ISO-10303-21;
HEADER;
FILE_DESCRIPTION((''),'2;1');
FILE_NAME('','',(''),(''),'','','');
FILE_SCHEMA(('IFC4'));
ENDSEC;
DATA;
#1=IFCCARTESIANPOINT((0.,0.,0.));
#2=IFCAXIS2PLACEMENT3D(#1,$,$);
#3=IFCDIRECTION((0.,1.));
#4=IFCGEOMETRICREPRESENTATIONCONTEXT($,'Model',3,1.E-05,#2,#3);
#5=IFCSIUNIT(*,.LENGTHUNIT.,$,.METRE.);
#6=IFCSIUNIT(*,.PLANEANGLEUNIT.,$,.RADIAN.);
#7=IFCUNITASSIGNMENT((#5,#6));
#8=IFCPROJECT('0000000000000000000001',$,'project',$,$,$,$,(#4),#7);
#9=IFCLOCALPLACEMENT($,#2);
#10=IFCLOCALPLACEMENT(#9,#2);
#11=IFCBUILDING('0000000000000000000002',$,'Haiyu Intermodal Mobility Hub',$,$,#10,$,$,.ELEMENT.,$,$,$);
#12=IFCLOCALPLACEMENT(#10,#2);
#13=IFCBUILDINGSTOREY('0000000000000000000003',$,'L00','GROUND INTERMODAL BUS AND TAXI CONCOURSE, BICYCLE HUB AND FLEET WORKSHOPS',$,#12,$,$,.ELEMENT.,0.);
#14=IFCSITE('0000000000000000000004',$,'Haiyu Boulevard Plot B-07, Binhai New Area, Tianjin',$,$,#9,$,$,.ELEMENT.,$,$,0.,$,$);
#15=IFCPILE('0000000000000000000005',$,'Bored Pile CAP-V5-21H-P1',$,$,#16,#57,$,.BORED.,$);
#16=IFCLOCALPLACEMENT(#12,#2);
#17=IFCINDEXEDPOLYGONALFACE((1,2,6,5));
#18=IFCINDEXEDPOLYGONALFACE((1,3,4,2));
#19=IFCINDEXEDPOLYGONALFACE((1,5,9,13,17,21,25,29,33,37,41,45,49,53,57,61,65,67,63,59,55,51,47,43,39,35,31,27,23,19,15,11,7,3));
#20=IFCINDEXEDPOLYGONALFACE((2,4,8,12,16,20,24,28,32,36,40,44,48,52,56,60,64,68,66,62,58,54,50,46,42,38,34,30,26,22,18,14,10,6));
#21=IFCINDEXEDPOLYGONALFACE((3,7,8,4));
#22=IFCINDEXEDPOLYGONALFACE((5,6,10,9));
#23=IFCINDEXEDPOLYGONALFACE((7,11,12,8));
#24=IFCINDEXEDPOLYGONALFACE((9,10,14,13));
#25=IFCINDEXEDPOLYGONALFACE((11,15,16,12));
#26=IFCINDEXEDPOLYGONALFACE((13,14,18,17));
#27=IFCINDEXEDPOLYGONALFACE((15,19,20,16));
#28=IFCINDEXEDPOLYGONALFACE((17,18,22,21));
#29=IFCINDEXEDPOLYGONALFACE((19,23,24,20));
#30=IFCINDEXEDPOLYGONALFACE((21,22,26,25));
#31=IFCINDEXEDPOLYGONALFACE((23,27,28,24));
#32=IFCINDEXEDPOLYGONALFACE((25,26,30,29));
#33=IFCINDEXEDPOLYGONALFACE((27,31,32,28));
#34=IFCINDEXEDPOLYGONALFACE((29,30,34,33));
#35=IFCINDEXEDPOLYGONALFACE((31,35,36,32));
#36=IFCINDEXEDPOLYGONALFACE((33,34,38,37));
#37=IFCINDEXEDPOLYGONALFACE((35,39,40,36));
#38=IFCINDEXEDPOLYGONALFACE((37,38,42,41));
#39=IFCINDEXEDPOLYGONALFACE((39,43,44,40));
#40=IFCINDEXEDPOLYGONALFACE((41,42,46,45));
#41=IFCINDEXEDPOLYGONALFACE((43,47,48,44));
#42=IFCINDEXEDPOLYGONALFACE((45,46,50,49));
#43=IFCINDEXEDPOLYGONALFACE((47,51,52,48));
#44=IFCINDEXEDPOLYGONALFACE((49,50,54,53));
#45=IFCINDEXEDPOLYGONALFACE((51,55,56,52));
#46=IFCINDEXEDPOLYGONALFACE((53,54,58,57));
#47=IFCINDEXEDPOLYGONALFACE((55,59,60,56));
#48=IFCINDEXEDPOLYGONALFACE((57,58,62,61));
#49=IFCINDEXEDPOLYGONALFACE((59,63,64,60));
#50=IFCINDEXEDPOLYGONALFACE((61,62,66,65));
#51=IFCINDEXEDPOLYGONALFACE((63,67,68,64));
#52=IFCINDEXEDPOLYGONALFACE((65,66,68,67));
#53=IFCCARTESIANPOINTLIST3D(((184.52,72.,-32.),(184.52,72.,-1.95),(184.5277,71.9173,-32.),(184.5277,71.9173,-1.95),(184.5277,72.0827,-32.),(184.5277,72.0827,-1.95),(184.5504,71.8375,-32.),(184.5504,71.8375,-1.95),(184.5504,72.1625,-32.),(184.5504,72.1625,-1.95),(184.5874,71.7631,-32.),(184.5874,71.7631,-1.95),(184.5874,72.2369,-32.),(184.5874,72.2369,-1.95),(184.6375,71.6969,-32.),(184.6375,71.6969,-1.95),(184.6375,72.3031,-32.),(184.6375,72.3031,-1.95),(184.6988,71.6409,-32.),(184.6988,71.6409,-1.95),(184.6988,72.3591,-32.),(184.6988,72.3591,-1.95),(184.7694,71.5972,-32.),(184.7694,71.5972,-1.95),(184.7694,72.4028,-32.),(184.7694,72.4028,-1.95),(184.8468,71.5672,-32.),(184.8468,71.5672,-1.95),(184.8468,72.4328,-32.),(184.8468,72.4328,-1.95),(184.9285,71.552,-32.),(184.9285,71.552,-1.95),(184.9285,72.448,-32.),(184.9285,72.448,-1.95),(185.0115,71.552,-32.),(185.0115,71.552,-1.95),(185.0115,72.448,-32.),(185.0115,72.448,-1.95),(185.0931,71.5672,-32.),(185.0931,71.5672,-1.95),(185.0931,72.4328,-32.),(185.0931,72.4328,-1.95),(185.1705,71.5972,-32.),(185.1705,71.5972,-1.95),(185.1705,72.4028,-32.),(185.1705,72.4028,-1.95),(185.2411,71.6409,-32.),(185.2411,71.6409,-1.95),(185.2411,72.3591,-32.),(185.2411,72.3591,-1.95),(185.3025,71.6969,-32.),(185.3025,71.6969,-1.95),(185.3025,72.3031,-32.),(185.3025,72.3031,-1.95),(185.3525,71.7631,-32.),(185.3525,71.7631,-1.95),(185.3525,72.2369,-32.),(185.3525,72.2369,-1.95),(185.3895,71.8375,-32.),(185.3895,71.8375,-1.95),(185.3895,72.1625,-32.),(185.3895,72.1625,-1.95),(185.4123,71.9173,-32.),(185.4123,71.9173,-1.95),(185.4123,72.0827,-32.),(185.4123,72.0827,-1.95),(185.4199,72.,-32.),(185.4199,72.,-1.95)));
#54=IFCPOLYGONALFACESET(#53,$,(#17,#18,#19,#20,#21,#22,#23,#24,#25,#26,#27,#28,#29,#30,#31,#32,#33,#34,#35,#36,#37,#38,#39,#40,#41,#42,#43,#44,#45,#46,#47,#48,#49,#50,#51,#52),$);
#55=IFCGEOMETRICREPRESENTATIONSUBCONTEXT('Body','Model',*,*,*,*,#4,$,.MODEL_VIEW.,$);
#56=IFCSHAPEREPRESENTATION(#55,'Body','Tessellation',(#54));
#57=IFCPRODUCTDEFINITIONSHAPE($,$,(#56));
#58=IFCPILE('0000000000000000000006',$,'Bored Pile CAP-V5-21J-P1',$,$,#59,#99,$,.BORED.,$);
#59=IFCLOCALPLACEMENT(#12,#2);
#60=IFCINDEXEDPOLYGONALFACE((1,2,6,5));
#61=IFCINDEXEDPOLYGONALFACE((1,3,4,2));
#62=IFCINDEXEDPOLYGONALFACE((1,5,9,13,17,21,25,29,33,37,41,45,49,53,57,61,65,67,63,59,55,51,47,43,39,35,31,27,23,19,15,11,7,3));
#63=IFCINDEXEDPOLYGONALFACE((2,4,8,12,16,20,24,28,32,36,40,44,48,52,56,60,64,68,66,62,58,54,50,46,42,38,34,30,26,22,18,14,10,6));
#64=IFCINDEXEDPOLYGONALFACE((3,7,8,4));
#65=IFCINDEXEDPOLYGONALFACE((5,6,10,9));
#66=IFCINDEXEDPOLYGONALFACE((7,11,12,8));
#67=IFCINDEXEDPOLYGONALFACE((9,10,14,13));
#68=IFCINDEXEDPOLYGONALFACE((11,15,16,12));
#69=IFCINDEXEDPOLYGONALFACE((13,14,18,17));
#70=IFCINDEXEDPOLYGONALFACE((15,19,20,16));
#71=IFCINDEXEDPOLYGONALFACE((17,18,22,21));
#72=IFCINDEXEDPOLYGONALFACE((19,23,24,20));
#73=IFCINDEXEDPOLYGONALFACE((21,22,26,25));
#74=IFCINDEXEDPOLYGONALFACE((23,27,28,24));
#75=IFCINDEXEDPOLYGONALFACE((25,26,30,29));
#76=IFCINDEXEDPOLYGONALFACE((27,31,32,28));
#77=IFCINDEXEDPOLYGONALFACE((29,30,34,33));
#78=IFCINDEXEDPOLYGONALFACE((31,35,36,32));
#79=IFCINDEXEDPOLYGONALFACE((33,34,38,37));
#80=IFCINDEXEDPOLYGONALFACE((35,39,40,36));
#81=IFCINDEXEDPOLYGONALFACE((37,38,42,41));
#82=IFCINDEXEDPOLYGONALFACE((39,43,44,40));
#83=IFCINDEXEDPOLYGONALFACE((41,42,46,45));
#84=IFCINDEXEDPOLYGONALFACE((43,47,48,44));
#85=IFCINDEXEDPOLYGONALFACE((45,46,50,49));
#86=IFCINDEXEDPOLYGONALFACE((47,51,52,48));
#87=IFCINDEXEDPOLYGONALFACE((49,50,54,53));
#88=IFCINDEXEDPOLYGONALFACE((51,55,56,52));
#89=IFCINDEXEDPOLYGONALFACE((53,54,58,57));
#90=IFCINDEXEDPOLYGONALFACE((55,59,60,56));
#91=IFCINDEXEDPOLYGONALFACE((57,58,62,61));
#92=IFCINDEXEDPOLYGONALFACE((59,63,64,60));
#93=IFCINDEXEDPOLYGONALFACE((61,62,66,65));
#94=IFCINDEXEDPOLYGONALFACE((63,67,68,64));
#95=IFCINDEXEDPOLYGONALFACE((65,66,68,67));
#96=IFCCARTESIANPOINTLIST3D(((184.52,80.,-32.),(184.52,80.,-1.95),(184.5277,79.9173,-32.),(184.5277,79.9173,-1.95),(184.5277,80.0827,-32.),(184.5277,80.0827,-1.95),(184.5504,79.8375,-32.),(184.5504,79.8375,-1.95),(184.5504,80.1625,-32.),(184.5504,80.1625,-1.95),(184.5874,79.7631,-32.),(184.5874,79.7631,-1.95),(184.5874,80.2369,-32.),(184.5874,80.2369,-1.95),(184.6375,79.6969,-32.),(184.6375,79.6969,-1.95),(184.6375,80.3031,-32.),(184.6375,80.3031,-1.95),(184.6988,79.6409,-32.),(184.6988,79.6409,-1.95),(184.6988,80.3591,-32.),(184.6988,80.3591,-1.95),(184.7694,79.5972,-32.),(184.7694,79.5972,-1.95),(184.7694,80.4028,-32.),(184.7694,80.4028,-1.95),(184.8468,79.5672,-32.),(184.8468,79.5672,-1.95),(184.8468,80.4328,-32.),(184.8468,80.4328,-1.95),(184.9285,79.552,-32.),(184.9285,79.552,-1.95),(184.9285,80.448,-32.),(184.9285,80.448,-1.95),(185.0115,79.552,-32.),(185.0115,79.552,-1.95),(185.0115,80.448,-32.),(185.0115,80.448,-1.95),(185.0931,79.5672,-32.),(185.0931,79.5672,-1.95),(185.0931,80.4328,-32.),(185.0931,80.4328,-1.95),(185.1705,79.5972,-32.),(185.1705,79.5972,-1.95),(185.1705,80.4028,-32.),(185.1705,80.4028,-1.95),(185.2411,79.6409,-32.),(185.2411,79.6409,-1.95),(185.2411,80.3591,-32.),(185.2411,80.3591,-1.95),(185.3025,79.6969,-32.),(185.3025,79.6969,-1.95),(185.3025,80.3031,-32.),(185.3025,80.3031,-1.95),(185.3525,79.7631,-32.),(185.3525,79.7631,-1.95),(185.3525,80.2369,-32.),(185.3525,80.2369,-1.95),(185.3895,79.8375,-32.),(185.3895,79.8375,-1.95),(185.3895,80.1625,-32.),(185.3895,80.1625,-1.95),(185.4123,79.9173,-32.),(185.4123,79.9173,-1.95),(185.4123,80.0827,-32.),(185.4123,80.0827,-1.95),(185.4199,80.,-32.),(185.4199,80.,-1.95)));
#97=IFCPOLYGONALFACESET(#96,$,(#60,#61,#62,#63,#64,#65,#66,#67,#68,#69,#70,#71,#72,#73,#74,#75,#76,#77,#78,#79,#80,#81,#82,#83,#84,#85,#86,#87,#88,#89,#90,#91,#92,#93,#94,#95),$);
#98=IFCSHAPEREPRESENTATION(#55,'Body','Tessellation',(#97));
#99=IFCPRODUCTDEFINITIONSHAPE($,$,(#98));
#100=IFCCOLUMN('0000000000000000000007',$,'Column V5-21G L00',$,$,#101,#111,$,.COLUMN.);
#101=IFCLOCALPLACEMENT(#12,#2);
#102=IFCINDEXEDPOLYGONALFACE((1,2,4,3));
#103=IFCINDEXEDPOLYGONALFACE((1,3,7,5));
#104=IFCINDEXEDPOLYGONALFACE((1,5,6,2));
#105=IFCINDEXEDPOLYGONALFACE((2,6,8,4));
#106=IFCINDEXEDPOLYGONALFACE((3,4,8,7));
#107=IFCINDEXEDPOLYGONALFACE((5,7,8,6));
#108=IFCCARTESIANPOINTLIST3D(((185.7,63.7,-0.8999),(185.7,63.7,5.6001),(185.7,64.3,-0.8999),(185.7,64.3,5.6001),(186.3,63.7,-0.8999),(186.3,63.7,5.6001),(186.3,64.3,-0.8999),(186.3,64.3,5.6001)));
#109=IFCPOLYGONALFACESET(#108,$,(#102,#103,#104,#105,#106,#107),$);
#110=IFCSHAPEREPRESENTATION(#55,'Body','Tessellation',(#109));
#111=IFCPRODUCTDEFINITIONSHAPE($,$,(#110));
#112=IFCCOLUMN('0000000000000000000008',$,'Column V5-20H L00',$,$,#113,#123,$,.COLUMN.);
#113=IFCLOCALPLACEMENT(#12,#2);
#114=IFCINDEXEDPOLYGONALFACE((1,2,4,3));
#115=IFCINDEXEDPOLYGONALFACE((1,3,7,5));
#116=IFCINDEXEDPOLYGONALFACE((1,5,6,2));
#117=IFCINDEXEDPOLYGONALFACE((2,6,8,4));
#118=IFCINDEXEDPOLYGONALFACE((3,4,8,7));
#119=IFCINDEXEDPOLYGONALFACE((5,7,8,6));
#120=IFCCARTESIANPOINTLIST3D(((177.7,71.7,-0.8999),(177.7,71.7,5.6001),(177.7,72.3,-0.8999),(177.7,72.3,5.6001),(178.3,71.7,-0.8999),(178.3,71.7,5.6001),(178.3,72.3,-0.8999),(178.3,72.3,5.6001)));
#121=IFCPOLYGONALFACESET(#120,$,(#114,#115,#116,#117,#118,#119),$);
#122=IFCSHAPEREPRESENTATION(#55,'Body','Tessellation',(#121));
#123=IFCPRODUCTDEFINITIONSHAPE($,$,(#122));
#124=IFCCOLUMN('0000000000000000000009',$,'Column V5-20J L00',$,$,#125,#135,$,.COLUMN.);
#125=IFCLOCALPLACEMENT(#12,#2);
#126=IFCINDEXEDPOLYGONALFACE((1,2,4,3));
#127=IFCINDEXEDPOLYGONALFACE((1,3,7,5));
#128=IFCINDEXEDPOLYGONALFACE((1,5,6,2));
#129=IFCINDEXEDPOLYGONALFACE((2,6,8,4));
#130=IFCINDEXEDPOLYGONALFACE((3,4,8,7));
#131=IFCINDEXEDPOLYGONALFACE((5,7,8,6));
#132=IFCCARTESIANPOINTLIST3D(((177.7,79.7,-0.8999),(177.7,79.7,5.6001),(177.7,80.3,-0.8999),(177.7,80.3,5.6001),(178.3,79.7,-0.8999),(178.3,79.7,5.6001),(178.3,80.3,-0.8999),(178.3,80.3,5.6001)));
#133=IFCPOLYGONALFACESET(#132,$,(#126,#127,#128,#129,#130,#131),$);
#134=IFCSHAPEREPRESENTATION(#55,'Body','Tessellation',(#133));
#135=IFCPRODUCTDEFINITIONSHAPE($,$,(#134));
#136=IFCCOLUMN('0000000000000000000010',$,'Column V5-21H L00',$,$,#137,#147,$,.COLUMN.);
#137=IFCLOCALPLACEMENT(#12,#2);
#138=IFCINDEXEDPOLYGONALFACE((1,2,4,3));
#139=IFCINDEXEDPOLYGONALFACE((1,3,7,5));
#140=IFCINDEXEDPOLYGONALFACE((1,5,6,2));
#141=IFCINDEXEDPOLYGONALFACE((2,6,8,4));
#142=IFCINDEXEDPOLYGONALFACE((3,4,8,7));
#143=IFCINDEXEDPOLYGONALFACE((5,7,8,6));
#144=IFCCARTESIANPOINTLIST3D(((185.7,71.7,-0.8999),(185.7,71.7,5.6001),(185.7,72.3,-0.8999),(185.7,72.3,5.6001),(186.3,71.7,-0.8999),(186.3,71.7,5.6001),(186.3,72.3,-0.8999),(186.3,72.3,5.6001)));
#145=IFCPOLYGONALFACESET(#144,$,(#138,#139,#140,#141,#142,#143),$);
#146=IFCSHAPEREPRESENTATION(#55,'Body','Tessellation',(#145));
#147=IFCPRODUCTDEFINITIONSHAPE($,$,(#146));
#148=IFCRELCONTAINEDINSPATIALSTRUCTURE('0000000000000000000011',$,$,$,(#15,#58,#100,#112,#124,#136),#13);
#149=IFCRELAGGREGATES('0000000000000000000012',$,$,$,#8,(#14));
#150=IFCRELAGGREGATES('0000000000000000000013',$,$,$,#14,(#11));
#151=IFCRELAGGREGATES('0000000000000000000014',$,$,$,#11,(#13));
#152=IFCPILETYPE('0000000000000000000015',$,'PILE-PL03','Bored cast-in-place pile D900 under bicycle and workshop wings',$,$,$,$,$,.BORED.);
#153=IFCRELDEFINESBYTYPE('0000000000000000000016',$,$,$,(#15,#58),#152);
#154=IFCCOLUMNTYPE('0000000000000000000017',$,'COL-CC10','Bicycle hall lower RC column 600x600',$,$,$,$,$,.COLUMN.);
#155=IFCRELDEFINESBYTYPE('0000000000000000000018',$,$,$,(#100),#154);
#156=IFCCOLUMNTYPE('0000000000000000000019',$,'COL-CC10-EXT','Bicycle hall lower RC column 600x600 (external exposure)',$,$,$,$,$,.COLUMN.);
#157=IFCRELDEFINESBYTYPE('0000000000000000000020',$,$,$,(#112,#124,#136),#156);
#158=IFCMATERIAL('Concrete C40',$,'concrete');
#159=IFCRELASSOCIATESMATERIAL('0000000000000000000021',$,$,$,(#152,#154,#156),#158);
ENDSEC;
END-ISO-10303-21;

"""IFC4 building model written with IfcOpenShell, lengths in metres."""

from ifc_helpers import new_model, si_unit, direction, frame, origin, origin_2d, place, context, subcontext, project, spatial, rectangle, circle, extrude, material, material_profile, profile_set, type_object, element, save


model = new_model("IFC4")

# Units and contexts
model_context = context("Model", 3, precision=1e-05, world=origin(), true_north=direction((0.0, 1.0)))
body_context = subcontext(model_context, "Body", "Model", "MODEL_VIEW")
ifc_project = project(units=[si_unit("LENGTHUNIT", "METRE"), si_unit("PLANEANGLEUNIT", "RADIAN")], contexts=[model_context])

# Site, building, storey
site_placement = place(None, origin())
site = spatial("IfcSite", under=ifc_project, at=site_placement, Name="Haiyu Boulevard Plot B-07, Binhai New Area, Tianjin", CompositionType="ELEMENT", RefElevation=0.0)
building_placement = place(site_placement, origin())
building = spatial("IfcBuilding", under=site, at=building_placement, Name="Haiyu Intermodal Mobility Hub", CompositionType="ELEMENT")
storey_placement = place(building_placement, origin())
storey = spatial("IfcBuildingStorey", under=building, at=storey_placement, Name="L00", Description="GROUND INTERMODAL BUS AND TAXI CONCOURSE, BICYCLE HUB AND FLEET WORKSHOPS", CompositionType="ELEMENT", Elevation=0.0)

# Shared definitions
ifc_material = material(Name="Concrete C40", Category="concrete")

# Piles
ifc_material_profile_1 = material_profile(ifc_material, circle(Radius=0.45, at=origin_2d()), Name="PILE-D900")
ifc_profile_set_1 = profile_set([ifc_material_profile_1], Name="Concrete C40")
pile_type = type_object("IfcPileType", Name="PILE-PL03", Description="Bored cast-in-place pile D900 under bicycle and workshop wings", PredefinedType="BORED", material=ifc_profile_set_1)
for number, where, z_axis, x_axis, name in (
    (1, (184.97, 72.0, -1.95), (0.0, 0.0, -1.0), (1.0, 0.0, 0.0), "Bored Pile CAP-V5-21H-P1"),
    (2, (184.97, 80.0, -1.95), (0.0, 0.0, -1.0), (1.0, 0.0, 0.0), "Bored Pile CAP-V5-21J-P1"),
):
    element("IfcPile", number, at=place(storey_placement, frame(where, z_axis=z_axis, x_axis=x_axis)), inside=storey, type_object=pile_type, Name=name, PredefinedType="BORED", context=body_context, shape_type="SweptSolid", body=[
        extrude(circle(Radius=0.45, at=origin_2d()), origin(), (0.0, 0.0, 1.0), 30.05),
    ])

# Columns
ifc_material_profile_2 = material_profile(ifc_material, rectangle(XDim=0.6001, YDim=0.6001, at=origin_2d()), Name="RC600x600")
ifc_profile_set_2 = profile_set([ifc_material_profile_2], Name="Concrete C40")
column_type_1 = type_object("IfcColumnType", Name="COL-CC10", Description="Bicycle hall lower RC column 600x600", PredefinedType="COLUMN", material=ifc_profile_set_2)
column_placement = place(storey_placement, frame((186.0, 64.0, -0.8999), z_axis=(0.0, 0.0, 1.0), x_axis=(1.0, 0.0, 0.0)))
element("IfcColumn", 3, at=column_placement, inside=storey, type_object=column_type_1, Name="Column V5-21G L00", PredefinedType="COLUMN", context=body_context, shape_type="SweptSolid", body=[
    extrude(rectangle(XDim=0.6001, YDim=0.6001, at=origin_2d()), origin(), (0.0, 0.0, 1.0), 6.5),
])
ifc_material_profile_3 = material_profile(ifc_material, rectangle(XDim=0.6001, YDim=0.6001, at=origin_2d()), Name="RC600x600")
ifc_profile_set_3 = profile_set([ifc_material_profile_3], Name="Concrete C40")
column_type_2 = type_object("IfcColumnType", Name="COL-CC10-EXT", Description="Bicycle hall lower RC column 600x600 (external exposure)", PredefinedType="COLUMN", material=ifc_profile_set_3)
for number, where, z_axis, x_axis, name in (
    (4, (178.0, 72.0, -0.8999), (0.0, 0.0, 1.0), (1.0, 0.0, 0.0), "Column V5-20H L00"),
    (5, (178.0, 80.0, -0.8999), (0.0, 0.0, 1.0), (1.0, 0.0, 0.0), "Column V5-20J L00"),
    (6, (186.0, 72.0, -0.8999), (0.0, 0.0, 1.0), (1.0, 0.0, 0.0), "Column V5-21H L00"),
):
    element("IfcColumn", number, at=place(storey_placement, frame(where, z_axis=z_axis, x_axis=x_axis)), inside=storey, type_object=column_type_2, Name=name, PredefinedType="COLUMN", context=body_context, shape_type="SweptSolid", body=[
        extrude(rectangle(XDim=0.6001, YDim=0.6001, at=origin_2d()), origin(), (0.0, 0.0, 1.0), 6.5),
    ])

save(model, "model.ifc")
